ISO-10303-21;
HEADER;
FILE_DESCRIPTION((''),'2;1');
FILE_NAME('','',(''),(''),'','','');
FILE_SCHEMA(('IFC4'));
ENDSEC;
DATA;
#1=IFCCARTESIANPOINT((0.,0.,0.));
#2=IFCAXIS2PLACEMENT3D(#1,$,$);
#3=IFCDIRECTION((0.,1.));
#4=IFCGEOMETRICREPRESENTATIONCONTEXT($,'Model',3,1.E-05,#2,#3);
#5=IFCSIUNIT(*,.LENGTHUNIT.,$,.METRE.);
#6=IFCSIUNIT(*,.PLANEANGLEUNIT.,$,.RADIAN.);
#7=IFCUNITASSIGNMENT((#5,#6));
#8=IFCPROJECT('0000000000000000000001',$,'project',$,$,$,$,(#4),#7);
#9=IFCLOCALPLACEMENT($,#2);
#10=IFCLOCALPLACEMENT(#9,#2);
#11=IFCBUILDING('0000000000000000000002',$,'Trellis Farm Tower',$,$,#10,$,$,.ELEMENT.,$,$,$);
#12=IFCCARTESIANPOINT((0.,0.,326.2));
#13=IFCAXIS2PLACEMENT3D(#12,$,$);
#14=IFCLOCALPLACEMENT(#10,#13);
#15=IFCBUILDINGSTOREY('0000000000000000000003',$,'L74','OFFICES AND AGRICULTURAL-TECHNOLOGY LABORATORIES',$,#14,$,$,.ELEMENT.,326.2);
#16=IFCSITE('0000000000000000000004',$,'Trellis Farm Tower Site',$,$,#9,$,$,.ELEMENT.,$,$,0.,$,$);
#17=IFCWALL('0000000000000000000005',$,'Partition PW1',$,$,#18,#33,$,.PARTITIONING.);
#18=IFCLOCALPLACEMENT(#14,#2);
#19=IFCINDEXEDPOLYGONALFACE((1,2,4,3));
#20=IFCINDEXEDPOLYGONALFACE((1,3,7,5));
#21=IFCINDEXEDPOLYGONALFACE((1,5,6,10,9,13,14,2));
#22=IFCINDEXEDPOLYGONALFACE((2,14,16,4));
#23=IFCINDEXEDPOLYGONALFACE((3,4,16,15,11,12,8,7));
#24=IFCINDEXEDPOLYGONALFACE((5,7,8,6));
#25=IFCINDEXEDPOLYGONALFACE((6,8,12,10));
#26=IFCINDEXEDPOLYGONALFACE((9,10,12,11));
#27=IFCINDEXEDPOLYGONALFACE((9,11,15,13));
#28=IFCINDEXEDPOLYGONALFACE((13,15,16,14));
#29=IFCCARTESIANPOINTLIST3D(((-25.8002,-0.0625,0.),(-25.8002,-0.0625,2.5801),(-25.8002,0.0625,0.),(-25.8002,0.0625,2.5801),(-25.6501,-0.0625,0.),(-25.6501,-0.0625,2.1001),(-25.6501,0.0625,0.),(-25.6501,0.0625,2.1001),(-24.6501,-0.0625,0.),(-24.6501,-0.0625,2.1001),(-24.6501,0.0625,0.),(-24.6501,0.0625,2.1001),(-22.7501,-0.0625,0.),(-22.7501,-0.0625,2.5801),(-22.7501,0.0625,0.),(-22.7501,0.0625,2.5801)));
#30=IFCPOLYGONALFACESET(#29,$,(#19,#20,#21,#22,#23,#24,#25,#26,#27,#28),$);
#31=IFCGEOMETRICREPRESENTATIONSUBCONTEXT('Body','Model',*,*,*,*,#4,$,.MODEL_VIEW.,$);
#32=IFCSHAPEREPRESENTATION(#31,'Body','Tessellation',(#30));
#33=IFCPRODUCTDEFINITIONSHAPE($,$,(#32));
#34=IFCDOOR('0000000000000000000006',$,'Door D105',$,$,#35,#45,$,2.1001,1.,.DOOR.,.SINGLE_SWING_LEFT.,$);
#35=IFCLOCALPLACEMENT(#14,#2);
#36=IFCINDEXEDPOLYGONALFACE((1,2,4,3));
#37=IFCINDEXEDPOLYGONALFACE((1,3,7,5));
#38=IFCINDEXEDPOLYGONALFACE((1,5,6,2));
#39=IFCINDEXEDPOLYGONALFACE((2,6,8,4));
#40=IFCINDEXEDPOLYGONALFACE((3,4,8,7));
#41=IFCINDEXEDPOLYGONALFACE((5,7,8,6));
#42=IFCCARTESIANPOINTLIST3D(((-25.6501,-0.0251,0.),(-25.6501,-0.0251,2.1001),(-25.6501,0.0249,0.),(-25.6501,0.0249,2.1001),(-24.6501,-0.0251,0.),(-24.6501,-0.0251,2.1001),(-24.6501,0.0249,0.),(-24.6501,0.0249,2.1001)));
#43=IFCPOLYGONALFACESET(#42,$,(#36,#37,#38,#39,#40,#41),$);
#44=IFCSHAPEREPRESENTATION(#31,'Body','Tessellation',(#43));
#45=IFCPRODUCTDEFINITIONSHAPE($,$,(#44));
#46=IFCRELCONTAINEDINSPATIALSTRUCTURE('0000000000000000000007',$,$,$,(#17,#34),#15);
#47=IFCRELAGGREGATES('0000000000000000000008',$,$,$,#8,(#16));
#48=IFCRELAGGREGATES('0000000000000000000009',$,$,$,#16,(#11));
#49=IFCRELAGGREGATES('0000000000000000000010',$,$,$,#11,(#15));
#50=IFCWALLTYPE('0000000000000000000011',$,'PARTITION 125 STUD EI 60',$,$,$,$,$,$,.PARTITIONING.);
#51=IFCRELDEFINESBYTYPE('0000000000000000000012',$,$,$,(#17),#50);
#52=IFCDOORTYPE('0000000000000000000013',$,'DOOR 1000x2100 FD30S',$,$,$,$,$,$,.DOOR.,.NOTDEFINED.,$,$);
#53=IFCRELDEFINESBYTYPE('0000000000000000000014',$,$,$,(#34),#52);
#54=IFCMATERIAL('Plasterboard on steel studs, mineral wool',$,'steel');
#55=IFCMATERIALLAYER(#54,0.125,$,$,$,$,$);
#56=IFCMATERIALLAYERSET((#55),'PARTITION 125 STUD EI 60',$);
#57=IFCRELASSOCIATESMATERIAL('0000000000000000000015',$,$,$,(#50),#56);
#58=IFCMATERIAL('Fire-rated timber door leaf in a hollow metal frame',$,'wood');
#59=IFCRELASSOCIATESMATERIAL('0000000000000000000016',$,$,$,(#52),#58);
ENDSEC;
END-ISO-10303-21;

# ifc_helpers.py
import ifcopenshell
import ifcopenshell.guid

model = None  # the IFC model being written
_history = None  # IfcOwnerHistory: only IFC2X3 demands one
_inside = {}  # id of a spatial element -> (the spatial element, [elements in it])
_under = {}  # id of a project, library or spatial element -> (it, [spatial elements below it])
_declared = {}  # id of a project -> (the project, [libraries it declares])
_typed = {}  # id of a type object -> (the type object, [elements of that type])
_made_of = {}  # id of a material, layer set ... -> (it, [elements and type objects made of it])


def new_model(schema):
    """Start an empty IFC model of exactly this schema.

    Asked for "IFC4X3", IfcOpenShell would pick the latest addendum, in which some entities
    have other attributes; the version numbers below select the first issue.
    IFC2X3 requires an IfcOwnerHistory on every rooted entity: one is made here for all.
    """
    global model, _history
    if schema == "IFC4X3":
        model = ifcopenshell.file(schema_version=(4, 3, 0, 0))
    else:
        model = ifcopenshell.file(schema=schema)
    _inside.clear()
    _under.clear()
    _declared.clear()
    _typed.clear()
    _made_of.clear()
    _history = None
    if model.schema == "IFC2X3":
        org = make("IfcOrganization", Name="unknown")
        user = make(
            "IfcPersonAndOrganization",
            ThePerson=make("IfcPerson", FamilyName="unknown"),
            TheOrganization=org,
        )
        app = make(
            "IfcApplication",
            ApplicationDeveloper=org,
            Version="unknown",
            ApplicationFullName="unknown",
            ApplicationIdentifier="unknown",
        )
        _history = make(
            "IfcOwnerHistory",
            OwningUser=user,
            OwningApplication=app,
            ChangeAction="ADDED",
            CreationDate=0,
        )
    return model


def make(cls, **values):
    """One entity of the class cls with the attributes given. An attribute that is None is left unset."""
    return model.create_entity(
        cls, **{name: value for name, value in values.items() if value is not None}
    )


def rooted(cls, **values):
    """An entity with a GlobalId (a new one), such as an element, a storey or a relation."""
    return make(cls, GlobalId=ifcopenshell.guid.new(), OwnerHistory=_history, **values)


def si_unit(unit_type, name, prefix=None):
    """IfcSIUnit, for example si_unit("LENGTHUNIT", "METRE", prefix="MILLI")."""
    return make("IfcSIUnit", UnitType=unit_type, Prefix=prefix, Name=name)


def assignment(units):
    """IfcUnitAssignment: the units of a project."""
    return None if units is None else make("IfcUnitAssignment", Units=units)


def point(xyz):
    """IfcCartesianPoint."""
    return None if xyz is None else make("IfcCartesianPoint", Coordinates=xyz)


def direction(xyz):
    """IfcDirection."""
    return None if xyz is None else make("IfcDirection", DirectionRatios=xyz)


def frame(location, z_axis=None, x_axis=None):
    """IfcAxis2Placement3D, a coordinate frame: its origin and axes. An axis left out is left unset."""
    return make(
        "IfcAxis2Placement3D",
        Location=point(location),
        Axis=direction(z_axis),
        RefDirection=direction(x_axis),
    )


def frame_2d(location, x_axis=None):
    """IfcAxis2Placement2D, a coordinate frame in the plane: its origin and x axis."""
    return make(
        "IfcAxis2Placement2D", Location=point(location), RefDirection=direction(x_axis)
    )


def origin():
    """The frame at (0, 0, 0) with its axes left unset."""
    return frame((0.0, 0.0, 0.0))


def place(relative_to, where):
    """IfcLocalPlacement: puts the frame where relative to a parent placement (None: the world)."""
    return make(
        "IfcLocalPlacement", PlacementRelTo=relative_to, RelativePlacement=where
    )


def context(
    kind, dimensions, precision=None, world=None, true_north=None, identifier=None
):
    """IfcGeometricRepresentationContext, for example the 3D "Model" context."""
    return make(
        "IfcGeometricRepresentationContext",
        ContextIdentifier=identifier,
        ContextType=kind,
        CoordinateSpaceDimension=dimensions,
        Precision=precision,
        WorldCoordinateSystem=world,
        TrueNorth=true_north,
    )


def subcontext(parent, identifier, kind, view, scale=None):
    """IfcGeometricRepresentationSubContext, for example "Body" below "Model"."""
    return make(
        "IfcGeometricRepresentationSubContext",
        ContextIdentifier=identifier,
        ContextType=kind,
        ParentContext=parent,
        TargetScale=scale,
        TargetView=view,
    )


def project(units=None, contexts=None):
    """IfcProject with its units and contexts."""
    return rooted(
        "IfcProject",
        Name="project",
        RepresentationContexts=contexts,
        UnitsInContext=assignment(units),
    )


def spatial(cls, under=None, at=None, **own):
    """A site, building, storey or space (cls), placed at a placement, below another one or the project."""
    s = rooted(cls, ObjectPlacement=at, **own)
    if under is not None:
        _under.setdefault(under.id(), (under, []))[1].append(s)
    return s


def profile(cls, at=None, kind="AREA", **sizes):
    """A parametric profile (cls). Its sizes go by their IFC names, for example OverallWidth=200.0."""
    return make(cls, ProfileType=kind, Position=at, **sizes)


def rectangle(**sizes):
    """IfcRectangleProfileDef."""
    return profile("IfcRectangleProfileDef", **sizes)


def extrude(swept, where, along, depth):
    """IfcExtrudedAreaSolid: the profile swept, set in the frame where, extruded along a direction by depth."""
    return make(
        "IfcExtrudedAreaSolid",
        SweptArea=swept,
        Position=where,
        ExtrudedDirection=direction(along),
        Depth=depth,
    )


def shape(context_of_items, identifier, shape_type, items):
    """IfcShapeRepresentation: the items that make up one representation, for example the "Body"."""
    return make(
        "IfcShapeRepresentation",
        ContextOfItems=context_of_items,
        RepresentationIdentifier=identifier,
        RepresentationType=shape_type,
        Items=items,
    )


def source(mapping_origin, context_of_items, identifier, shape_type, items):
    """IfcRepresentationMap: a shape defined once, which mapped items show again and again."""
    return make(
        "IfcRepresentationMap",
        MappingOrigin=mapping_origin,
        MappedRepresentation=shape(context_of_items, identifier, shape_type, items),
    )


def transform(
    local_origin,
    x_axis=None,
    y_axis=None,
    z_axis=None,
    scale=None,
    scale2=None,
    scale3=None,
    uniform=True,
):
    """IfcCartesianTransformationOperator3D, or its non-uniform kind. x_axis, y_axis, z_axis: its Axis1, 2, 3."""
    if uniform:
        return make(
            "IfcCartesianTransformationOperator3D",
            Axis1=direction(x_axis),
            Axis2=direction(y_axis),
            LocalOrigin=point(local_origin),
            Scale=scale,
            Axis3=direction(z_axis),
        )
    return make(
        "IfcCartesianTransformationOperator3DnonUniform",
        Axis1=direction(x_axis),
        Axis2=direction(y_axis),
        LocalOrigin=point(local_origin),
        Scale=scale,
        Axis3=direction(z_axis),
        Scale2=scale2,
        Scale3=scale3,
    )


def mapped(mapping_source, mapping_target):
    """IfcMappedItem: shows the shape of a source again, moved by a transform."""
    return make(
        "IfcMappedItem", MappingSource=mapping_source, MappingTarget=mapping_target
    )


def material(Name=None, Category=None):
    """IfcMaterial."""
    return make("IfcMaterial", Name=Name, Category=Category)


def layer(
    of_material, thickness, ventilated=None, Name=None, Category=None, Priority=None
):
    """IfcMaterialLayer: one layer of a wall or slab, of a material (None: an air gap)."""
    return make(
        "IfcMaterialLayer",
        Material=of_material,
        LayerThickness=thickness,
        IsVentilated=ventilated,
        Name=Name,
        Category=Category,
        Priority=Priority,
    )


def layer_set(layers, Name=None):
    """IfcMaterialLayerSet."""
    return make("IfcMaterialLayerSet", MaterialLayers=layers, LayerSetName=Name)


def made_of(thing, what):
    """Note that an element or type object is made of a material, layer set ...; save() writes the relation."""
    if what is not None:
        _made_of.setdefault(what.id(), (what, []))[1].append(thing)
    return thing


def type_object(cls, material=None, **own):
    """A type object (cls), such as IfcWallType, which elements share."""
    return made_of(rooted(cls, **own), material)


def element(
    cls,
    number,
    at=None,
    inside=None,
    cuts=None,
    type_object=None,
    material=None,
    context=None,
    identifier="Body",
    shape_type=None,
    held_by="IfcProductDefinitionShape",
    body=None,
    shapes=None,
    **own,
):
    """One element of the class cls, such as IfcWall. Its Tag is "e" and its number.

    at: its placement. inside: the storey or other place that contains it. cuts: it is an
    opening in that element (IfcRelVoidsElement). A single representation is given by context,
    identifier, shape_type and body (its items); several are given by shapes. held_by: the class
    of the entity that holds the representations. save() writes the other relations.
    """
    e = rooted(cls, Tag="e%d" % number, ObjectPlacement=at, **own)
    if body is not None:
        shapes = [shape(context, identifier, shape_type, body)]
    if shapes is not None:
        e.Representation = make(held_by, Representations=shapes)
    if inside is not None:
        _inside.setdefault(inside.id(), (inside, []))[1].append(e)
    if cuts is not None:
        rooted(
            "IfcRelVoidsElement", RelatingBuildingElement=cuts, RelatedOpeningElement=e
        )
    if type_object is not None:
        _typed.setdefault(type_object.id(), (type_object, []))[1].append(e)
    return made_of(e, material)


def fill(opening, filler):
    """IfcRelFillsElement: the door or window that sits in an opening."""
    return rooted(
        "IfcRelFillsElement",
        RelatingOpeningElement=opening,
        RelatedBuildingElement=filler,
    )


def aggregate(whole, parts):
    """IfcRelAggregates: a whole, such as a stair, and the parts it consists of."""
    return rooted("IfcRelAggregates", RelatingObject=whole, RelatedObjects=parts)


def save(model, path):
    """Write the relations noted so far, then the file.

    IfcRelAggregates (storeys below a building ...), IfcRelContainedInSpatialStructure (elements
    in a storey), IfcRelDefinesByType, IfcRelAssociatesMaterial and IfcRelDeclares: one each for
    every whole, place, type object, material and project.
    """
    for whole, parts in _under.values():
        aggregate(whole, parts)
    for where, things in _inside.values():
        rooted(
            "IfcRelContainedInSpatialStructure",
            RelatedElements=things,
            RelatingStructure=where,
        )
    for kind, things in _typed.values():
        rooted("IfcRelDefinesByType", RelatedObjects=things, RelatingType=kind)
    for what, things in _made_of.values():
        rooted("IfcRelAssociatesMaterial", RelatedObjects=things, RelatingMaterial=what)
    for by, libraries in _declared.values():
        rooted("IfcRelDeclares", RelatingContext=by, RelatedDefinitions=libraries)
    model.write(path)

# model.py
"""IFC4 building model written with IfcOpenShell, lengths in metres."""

from ifc_helpers import new_model, si_unit, direction, frame, frame_2d, origin, place, context, subcontext, project, spatial, rectangle, extrude, source, transform, mapped, material, layer, layer_set, type_object, element, fill, save


model = new_model("IFC4")

# Units and contexts
model_context = context("Model", 3, precision=1e-05, world=origin(), true_north=direction((0.0, 1.0)))
body_context = subcontext(model_context, "Body", "Model", "MODEL_VIEW")
ifc_project = project(units=[si_unit("LENGTHUNIT", "METRE"), si_unit("PLANEANGLEUNIT", "RADIAN")], contexts=[model_context])

# Site, building, storey
site_placement = place(None, origin())
site = spatial("IfcSite", under=ifc_project, at=site_placement, Name="Trellis Farm Tower Site", CompositionType="ELEMENT", RefElevation=0.0)
building_placement = place(site_placement, origin())
building = spatial("IfcBuilding", under=site, at=building_placement, Name="Trellis Farm Tower", CompositionType="ELEMENT")
storey_placement = place(building_placement, frame((0.0, 0.0, 326.2)))
storey = spatial("IfcBuildingStorey", under=building, at=storey_placement, Name="L74", Description="OFFICES AND AGRICULTURAL-TECHNOLOGY LABORATORIES", CompositionType="ELEMENT", Elevation=326.2)

# Wall, opening, door
ifc_material_1 = material(Name="Plasterboard on steel studs, mineral wool", Category="steel")
ifc_layer_1 = layer(ifc_material_1, 0.125)
ifc_layer_set_1 = layer_set([ifc_layer_1], Name="PARTITION 125 STUD EI 60")
wall_type_1 = type_object("IfcWallType", Name="PARTITION 125 STUD EI 60", PredefinedType="PARTITIONING", material=ifc_layer_set_1)
shared_shape_1 = source(origin(), body_context, "Body", "SweptSolid", [
    extrude(rectangle(XDim=3.05, YDim=0.125, at=frame_2d((1.5249, 0.0))), origin(), (0.0, 0.0, 1.0), 2.5801),
])
wall_1_placement = place(storey_placement, frame((-25.8, 0.0, 0.0), z_axis=(0.0, 0.0, 1.0), x_axis=(1.0, 0.0, 0.0)))
wall_1 = element("IfcWall", 1, at=wall_1_placement, inside=storey, type_object=wall_type_1, Name="Partition PW1", PredefinedType="PARTITIONING", context=body_context, shape_type="MappedRepresentation", body=[
    mapped(shared_shape_1, transform((0.0, 0.0, 0.0))),
])
shared_shape_2 = source(origin(), body_context, "Body", "SweptSolid", [
    extrude(rectangle(XDim=1.0, YDim=2.1001, at=frame_2d((0.5, 1.05))), frame((0.0, 0.0725, 0.0), z_axis=(0.0, -1.0, 0.0), x_axis=(1.0, 0.0, 0.0)), (0.0, 0.0, 1.0), 0.145),
])
opening_1_placement = place(wall_1_placement, frame((0.1499, 0.0, 0.0)))
opening_1 = element("IfcOpeningElement", 2, at=opening_1_placement, cuts=wall_1, PredefinedType="OPENING", context=body_context, shape_type="MappedRepresentation", body=[
    mapped(shared_shape_2, transform((0.0, 0.0, 0.0))),
])
ifc_material_2 = material(Name="Fire-rated timber door leaf in a hollow metal frame", Category="wood")
door_type_1 = type_object("IfcDoorType", Name="DOOR 1000x2100 FD30S", OperationType="NOTDEFINED", PredefinedType="DOOR", material=ifc_material_2)
shared_shape_3 = source(origin(), body_context, "Body", "SweptSolid", [
    extrude(rectangle(XDim=1.0, YDim=2.1001, at=frame_2d((0.5, 1.05))), frame((0.0, 0.0249, 0.0), z_axis=(0.0, -1.0, 0.0), x_axis=(1.0, 0.0, 0.0)), (0.0, 0.0, 1.0), 0.05),
])
door_1_placement = place(opening_1_placement, origin())
door_1 = element("IfcDoor", 3, at=door_1_placement, inside=storey, type_object=door_type_1, Name="Door D105", OperationType="SINGLE_SWING_LEFT", OverallHeight=2.1001, OverallWidth=1.0, PredefinedType="DOOR", context=body_context, shape_type="MappedRepresentation", body=[
    mapped(shared_shape_3, transform((0.0, 0.0, 0.0))),
])
fill(opening_1, door_1)

save(model, "model.ifc")
